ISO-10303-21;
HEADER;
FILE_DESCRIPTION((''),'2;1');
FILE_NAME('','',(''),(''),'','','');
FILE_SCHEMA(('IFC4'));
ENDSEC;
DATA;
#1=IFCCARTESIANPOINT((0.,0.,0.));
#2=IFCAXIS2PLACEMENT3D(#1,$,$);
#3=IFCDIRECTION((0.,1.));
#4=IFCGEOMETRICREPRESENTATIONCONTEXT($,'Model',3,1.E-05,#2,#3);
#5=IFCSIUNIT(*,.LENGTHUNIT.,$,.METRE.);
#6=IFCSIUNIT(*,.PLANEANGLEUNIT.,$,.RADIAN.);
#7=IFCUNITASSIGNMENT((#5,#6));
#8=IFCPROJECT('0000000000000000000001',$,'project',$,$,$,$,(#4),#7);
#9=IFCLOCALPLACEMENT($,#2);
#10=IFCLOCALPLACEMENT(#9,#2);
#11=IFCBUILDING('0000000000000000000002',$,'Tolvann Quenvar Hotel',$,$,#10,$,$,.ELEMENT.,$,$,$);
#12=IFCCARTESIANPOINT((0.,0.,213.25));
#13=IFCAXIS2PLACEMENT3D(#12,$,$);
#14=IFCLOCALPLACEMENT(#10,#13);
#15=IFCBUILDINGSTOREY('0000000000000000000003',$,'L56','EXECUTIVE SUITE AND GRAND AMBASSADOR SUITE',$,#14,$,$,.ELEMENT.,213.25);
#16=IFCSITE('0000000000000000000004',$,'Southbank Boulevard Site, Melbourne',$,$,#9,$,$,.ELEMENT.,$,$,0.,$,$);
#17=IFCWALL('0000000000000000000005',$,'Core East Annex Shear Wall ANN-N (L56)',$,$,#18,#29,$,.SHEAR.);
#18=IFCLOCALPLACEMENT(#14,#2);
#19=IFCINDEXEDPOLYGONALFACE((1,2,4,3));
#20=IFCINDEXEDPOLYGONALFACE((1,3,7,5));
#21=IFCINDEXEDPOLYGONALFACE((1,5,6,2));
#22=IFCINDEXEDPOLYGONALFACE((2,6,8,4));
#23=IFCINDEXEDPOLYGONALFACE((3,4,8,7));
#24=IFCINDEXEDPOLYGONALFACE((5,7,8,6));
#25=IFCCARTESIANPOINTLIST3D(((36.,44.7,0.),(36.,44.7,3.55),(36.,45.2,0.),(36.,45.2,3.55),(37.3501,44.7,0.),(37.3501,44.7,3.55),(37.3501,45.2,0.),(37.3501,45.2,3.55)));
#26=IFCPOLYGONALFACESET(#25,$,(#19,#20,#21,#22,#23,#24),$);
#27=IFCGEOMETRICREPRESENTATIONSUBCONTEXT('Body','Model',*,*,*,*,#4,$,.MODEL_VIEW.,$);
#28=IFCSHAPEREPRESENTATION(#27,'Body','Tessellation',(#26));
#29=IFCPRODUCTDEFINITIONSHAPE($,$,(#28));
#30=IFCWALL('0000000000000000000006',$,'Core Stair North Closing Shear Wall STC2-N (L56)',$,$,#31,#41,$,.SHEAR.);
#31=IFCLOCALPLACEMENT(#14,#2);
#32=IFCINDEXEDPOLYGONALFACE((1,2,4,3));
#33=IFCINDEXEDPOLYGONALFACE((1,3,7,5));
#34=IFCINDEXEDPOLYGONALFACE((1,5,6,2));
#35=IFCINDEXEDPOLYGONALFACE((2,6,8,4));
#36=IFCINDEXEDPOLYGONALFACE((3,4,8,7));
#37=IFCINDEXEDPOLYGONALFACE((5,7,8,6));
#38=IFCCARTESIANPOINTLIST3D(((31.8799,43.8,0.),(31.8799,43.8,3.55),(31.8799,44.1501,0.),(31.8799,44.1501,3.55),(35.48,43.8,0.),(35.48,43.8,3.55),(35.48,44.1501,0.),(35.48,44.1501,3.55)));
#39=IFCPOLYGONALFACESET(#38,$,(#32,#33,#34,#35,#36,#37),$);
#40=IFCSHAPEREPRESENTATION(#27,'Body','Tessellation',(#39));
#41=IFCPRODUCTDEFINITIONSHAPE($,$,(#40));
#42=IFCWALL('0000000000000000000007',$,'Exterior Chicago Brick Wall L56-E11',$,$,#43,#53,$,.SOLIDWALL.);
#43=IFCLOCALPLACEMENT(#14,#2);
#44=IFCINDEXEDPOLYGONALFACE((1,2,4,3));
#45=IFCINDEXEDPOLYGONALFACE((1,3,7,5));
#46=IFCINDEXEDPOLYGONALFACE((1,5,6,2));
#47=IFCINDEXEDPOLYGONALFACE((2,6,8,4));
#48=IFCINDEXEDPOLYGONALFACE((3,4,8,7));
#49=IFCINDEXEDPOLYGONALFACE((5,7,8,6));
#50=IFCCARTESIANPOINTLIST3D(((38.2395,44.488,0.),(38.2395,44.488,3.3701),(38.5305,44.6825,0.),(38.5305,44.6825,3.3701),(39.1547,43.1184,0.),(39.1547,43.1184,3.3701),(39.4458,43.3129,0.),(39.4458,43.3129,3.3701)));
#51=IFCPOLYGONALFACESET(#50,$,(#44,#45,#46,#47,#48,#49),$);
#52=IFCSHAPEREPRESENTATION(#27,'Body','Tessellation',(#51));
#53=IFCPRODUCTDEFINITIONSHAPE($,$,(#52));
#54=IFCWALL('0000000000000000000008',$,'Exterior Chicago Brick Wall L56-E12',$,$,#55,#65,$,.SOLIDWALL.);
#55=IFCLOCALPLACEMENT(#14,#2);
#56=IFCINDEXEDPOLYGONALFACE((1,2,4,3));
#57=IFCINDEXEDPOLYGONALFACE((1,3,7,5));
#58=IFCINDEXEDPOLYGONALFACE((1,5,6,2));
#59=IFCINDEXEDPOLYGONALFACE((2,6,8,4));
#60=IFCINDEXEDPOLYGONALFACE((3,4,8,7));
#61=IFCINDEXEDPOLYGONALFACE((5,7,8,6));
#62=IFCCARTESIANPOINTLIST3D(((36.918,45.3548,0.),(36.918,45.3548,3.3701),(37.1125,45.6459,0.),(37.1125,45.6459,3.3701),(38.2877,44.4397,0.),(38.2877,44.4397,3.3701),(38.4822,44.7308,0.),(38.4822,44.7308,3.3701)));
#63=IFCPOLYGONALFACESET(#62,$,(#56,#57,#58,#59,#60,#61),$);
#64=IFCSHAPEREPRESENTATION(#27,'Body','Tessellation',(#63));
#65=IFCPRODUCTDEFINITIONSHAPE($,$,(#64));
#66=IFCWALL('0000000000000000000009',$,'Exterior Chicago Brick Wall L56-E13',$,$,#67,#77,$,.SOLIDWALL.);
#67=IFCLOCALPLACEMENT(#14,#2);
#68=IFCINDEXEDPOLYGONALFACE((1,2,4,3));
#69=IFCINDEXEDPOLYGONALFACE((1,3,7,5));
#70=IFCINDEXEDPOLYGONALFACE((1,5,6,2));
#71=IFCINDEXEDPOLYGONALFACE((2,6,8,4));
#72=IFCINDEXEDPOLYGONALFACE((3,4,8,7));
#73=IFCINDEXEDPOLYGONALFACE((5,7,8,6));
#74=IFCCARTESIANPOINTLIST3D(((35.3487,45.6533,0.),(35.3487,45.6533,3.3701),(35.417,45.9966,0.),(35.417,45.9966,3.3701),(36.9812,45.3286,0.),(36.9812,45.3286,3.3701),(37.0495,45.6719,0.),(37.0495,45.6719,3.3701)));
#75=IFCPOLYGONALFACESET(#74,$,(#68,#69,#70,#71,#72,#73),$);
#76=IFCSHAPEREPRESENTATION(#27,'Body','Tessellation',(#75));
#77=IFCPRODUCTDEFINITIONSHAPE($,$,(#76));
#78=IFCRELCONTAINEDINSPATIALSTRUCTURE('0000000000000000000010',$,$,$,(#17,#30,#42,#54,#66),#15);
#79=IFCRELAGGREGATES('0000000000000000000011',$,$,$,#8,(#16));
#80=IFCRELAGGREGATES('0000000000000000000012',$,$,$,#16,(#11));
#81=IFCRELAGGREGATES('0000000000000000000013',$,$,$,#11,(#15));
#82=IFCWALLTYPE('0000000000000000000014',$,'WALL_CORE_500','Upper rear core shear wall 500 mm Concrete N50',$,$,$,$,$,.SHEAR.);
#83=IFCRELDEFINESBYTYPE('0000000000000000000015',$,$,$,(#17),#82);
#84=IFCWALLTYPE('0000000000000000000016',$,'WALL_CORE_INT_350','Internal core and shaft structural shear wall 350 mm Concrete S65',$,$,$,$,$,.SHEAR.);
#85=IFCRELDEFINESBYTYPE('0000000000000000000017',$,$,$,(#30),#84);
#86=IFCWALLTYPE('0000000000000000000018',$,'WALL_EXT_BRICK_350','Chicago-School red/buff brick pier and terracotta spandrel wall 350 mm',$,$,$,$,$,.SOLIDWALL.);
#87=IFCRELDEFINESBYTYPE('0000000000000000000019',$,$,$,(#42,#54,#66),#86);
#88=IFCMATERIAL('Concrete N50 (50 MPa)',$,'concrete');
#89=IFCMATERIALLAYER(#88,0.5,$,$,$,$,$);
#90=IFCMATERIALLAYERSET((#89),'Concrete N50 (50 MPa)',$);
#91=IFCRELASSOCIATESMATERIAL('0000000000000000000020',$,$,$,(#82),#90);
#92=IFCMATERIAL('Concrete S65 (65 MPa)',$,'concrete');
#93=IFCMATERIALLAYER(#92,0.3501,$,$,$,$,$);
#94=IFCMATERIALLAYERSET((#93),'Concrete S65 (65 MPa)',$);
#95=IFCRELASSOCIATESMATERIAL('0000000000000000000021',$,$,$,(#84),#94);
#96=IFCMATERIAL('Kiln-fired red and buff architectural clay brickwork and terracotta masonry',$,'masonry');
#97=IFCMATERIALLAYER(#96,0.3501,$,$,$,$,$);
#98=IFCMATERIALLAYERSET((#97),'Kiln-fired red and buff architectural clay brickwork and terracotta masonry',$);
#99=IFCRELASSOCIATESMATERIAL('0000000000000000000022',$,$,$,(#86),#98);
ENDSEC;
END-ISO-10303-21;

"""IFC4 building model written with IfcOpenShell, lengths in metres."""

from ifc_helpers import new_model, si_unit, direction, frame, frame_2d, origin, place, context, subcontext, project, spatial, rectangle, extrude, material, layer, layer_set, type_object, element, save


model = new_model("IFC4")

# Units and contexts
model_context = context("Model", 3, precision=1e-05, world=origin(), true_north=direction((0.0, 1.0)))
body_context = subcontext(model_context, "Body", "Model", "MODEL_VIEW")
ifc_project = project(units=[si_unit("LENGTHUNIT", "METRE"), si_unit("PLANEANGLEUNIT", "RADIAN")], contexts=[model_context])

# Site, building, storey
site_placement = place(None, origin())
site = spatial("IfcSite", under=ifc_project, at=site_placement, Name="Southbank Boulevard Site, Melbourne", CompositionType="ELEMENT", RefElevation=0.0)
building_placement = place(site_placement, origin())
building = spatial("IfcBuilding", under=site, at=building_placement, Name="Tolvann Quenvar Hotel", CompositionType="ELEMENT")
storey_placement = place(building_placement, frame((0.0, 0.0, 213.25)))
storey = spatial("IfcBuildingStorey", under=building, at=storey_placement, Name="L56", Description="EXECUTIVE SUITE AND GRAND AMBASSADOR SUITE", CompositionType="ELEMENT", Elevation=213.25)

# Walls
ifc_material_1 = material(Name="Concrete N50 (50 MPa)", Category="concrete")
ifc_layer_1 = layer(ifc_material_1, 0.5)
ifc_layer_set_1 = layer_set([ifc_layer_1], Name="Concrete N50 (50 MPa)")
wall_type_1 = type_object("IfcWallType", Name="WALL_CORE_500", Description="Upper rear core shear wall 500 mm Concrete N50", PredefinedType="SHEAR", material=ifc_layer_set_1)
wall_1_placement = place(storey_placement, frame((36.0, 44.95, 0.0), z_axis=(0.0, 0.0, 1.0), x_axis=(1.0, 0.0, 0.0)))
element("IfcWall", 1, at=wall_1_placement, inside=storey, type_object=wall_type_1, Name="Core East Annex Shear Wall ANN-N (L56)", PredefinedType="SHEAR", context=body_context, shape_type="SweptSolid", body=[
    extrude(rectangle(XDim=1.3501, YDim=0.5, at=frame_2d((0.675, 0.0))), origin(), (0.0, 0.0, 1.0), 3.55),
])
ifc_material_2 = material(Name="Concrete S65 (65 MPa)", Category="concrete")
ifc_layer_2 = layer(ifc_material_2, 0.3501)
ifc_layer_set_2 = layer_set([ifc_layer_2], Name="Concrete S65 (65 MPa)")
wall_type_2 = type_object("IfcWallType", Name="WALL_CORE_INT_350", Description="Internal core and shaft structural shear wall 350 mm Concrete S65", PredefinedType="SHEAR", material=ifc_layer_set_2)
wall_2_placement = place(storey_placement, frame((31.8799, 43.9751, 0.0), z_axis=(0.0, 0.0, 1.0), x_axis=(1.0, 0.0, 0.0)))
element("IfcWall", 2, at=wall_2_placement, inside=storey, type_object=wall_type_2, Name="Core Stair North Closing Shear Wall STC2-N (L56)", PredefinedType="SHEAR", context=body_context, shape_type="SweptSolid", body=[
    extrude(rectangle(XDim=3.6001, YDim=0.3501, at=frame_2d((1.8, 0.0))), origin(), (0.0, 0.0, 1.0), 3.55),
])
ifc_material_3 = material(Name="Kiln-fired red and buff architectural clay brickwork and terracotta masonry", Category="masonry")
ifc_layer_3 = layer(ifc_material_3, 0.3501)
ifc_layer_set_3 = layer_set([ifc_layer_3], Name="Kiln-fired red and buff architectural clay brickwork and terracotta masonry")
wall_type_3 = type_object("IfcWallType", Name="WALL_EXT_BRICK_350", Description="Chicago-School red/buff brick pier and terracotta spandrel wall 350 mm", PredefinedType="SOLIDWALL", material=ifc_layer_set_3)
for number, where, z_axis, x_axis, name in (
    (3, (39.3003, 43.2156, 0.0), (0.0, 0.0, 1.0), (-0.555623, 0.831434, 0.0), "Exterior Chicago Brick Wall L56-E11"),
    (4, (38.385, 44.5852, 0.0), (0.0, 0.0, 1.0), (-0.831503, 0.555521, 0.0), "Exterior Chicago Brick Wall L56-E12"),
):
    element("IfcWall", number, at=place(storey_placement, frame(where, z_axis=z_axis, x_axis=x_axis)), inside=storey, type_object=wall_type_3, Name=name, PredefinedType="SOLIDWALL", context=body_context, shape_type="SweptSolid", body=[
        extrude(rectangle(XDim=1.6472, YDim=0.3501, at=frame_2d((0.8237, 0.0))), origin(), (0.0, 0.0, 1.0), 3.3701),
    ])
wall_3_placement = place(storey_placement, frame((37.0154, 45.5002, 0.0), z_axis=(0.0, 0.0, 1.0), x_axis=(-0.980789, 0.195072, 0.0)))
element("IfcWall", 5, at=wall_3_placement, inside=storey, type_object=wall_type_3, Name="Exterior Chicago Brick Wall L56-E13", PredefinedType="SOLIDWALL", context=body_context, shape_type="SweptSolid", body=[
    extrude(rectangle(XDim=1.6646, YDim=0.3501, at=frame_2d((0.8323, 0.0))), origin(), (0.0, 0.0, 1.0), 3.3701),
])

save(model, "model.ifc")
